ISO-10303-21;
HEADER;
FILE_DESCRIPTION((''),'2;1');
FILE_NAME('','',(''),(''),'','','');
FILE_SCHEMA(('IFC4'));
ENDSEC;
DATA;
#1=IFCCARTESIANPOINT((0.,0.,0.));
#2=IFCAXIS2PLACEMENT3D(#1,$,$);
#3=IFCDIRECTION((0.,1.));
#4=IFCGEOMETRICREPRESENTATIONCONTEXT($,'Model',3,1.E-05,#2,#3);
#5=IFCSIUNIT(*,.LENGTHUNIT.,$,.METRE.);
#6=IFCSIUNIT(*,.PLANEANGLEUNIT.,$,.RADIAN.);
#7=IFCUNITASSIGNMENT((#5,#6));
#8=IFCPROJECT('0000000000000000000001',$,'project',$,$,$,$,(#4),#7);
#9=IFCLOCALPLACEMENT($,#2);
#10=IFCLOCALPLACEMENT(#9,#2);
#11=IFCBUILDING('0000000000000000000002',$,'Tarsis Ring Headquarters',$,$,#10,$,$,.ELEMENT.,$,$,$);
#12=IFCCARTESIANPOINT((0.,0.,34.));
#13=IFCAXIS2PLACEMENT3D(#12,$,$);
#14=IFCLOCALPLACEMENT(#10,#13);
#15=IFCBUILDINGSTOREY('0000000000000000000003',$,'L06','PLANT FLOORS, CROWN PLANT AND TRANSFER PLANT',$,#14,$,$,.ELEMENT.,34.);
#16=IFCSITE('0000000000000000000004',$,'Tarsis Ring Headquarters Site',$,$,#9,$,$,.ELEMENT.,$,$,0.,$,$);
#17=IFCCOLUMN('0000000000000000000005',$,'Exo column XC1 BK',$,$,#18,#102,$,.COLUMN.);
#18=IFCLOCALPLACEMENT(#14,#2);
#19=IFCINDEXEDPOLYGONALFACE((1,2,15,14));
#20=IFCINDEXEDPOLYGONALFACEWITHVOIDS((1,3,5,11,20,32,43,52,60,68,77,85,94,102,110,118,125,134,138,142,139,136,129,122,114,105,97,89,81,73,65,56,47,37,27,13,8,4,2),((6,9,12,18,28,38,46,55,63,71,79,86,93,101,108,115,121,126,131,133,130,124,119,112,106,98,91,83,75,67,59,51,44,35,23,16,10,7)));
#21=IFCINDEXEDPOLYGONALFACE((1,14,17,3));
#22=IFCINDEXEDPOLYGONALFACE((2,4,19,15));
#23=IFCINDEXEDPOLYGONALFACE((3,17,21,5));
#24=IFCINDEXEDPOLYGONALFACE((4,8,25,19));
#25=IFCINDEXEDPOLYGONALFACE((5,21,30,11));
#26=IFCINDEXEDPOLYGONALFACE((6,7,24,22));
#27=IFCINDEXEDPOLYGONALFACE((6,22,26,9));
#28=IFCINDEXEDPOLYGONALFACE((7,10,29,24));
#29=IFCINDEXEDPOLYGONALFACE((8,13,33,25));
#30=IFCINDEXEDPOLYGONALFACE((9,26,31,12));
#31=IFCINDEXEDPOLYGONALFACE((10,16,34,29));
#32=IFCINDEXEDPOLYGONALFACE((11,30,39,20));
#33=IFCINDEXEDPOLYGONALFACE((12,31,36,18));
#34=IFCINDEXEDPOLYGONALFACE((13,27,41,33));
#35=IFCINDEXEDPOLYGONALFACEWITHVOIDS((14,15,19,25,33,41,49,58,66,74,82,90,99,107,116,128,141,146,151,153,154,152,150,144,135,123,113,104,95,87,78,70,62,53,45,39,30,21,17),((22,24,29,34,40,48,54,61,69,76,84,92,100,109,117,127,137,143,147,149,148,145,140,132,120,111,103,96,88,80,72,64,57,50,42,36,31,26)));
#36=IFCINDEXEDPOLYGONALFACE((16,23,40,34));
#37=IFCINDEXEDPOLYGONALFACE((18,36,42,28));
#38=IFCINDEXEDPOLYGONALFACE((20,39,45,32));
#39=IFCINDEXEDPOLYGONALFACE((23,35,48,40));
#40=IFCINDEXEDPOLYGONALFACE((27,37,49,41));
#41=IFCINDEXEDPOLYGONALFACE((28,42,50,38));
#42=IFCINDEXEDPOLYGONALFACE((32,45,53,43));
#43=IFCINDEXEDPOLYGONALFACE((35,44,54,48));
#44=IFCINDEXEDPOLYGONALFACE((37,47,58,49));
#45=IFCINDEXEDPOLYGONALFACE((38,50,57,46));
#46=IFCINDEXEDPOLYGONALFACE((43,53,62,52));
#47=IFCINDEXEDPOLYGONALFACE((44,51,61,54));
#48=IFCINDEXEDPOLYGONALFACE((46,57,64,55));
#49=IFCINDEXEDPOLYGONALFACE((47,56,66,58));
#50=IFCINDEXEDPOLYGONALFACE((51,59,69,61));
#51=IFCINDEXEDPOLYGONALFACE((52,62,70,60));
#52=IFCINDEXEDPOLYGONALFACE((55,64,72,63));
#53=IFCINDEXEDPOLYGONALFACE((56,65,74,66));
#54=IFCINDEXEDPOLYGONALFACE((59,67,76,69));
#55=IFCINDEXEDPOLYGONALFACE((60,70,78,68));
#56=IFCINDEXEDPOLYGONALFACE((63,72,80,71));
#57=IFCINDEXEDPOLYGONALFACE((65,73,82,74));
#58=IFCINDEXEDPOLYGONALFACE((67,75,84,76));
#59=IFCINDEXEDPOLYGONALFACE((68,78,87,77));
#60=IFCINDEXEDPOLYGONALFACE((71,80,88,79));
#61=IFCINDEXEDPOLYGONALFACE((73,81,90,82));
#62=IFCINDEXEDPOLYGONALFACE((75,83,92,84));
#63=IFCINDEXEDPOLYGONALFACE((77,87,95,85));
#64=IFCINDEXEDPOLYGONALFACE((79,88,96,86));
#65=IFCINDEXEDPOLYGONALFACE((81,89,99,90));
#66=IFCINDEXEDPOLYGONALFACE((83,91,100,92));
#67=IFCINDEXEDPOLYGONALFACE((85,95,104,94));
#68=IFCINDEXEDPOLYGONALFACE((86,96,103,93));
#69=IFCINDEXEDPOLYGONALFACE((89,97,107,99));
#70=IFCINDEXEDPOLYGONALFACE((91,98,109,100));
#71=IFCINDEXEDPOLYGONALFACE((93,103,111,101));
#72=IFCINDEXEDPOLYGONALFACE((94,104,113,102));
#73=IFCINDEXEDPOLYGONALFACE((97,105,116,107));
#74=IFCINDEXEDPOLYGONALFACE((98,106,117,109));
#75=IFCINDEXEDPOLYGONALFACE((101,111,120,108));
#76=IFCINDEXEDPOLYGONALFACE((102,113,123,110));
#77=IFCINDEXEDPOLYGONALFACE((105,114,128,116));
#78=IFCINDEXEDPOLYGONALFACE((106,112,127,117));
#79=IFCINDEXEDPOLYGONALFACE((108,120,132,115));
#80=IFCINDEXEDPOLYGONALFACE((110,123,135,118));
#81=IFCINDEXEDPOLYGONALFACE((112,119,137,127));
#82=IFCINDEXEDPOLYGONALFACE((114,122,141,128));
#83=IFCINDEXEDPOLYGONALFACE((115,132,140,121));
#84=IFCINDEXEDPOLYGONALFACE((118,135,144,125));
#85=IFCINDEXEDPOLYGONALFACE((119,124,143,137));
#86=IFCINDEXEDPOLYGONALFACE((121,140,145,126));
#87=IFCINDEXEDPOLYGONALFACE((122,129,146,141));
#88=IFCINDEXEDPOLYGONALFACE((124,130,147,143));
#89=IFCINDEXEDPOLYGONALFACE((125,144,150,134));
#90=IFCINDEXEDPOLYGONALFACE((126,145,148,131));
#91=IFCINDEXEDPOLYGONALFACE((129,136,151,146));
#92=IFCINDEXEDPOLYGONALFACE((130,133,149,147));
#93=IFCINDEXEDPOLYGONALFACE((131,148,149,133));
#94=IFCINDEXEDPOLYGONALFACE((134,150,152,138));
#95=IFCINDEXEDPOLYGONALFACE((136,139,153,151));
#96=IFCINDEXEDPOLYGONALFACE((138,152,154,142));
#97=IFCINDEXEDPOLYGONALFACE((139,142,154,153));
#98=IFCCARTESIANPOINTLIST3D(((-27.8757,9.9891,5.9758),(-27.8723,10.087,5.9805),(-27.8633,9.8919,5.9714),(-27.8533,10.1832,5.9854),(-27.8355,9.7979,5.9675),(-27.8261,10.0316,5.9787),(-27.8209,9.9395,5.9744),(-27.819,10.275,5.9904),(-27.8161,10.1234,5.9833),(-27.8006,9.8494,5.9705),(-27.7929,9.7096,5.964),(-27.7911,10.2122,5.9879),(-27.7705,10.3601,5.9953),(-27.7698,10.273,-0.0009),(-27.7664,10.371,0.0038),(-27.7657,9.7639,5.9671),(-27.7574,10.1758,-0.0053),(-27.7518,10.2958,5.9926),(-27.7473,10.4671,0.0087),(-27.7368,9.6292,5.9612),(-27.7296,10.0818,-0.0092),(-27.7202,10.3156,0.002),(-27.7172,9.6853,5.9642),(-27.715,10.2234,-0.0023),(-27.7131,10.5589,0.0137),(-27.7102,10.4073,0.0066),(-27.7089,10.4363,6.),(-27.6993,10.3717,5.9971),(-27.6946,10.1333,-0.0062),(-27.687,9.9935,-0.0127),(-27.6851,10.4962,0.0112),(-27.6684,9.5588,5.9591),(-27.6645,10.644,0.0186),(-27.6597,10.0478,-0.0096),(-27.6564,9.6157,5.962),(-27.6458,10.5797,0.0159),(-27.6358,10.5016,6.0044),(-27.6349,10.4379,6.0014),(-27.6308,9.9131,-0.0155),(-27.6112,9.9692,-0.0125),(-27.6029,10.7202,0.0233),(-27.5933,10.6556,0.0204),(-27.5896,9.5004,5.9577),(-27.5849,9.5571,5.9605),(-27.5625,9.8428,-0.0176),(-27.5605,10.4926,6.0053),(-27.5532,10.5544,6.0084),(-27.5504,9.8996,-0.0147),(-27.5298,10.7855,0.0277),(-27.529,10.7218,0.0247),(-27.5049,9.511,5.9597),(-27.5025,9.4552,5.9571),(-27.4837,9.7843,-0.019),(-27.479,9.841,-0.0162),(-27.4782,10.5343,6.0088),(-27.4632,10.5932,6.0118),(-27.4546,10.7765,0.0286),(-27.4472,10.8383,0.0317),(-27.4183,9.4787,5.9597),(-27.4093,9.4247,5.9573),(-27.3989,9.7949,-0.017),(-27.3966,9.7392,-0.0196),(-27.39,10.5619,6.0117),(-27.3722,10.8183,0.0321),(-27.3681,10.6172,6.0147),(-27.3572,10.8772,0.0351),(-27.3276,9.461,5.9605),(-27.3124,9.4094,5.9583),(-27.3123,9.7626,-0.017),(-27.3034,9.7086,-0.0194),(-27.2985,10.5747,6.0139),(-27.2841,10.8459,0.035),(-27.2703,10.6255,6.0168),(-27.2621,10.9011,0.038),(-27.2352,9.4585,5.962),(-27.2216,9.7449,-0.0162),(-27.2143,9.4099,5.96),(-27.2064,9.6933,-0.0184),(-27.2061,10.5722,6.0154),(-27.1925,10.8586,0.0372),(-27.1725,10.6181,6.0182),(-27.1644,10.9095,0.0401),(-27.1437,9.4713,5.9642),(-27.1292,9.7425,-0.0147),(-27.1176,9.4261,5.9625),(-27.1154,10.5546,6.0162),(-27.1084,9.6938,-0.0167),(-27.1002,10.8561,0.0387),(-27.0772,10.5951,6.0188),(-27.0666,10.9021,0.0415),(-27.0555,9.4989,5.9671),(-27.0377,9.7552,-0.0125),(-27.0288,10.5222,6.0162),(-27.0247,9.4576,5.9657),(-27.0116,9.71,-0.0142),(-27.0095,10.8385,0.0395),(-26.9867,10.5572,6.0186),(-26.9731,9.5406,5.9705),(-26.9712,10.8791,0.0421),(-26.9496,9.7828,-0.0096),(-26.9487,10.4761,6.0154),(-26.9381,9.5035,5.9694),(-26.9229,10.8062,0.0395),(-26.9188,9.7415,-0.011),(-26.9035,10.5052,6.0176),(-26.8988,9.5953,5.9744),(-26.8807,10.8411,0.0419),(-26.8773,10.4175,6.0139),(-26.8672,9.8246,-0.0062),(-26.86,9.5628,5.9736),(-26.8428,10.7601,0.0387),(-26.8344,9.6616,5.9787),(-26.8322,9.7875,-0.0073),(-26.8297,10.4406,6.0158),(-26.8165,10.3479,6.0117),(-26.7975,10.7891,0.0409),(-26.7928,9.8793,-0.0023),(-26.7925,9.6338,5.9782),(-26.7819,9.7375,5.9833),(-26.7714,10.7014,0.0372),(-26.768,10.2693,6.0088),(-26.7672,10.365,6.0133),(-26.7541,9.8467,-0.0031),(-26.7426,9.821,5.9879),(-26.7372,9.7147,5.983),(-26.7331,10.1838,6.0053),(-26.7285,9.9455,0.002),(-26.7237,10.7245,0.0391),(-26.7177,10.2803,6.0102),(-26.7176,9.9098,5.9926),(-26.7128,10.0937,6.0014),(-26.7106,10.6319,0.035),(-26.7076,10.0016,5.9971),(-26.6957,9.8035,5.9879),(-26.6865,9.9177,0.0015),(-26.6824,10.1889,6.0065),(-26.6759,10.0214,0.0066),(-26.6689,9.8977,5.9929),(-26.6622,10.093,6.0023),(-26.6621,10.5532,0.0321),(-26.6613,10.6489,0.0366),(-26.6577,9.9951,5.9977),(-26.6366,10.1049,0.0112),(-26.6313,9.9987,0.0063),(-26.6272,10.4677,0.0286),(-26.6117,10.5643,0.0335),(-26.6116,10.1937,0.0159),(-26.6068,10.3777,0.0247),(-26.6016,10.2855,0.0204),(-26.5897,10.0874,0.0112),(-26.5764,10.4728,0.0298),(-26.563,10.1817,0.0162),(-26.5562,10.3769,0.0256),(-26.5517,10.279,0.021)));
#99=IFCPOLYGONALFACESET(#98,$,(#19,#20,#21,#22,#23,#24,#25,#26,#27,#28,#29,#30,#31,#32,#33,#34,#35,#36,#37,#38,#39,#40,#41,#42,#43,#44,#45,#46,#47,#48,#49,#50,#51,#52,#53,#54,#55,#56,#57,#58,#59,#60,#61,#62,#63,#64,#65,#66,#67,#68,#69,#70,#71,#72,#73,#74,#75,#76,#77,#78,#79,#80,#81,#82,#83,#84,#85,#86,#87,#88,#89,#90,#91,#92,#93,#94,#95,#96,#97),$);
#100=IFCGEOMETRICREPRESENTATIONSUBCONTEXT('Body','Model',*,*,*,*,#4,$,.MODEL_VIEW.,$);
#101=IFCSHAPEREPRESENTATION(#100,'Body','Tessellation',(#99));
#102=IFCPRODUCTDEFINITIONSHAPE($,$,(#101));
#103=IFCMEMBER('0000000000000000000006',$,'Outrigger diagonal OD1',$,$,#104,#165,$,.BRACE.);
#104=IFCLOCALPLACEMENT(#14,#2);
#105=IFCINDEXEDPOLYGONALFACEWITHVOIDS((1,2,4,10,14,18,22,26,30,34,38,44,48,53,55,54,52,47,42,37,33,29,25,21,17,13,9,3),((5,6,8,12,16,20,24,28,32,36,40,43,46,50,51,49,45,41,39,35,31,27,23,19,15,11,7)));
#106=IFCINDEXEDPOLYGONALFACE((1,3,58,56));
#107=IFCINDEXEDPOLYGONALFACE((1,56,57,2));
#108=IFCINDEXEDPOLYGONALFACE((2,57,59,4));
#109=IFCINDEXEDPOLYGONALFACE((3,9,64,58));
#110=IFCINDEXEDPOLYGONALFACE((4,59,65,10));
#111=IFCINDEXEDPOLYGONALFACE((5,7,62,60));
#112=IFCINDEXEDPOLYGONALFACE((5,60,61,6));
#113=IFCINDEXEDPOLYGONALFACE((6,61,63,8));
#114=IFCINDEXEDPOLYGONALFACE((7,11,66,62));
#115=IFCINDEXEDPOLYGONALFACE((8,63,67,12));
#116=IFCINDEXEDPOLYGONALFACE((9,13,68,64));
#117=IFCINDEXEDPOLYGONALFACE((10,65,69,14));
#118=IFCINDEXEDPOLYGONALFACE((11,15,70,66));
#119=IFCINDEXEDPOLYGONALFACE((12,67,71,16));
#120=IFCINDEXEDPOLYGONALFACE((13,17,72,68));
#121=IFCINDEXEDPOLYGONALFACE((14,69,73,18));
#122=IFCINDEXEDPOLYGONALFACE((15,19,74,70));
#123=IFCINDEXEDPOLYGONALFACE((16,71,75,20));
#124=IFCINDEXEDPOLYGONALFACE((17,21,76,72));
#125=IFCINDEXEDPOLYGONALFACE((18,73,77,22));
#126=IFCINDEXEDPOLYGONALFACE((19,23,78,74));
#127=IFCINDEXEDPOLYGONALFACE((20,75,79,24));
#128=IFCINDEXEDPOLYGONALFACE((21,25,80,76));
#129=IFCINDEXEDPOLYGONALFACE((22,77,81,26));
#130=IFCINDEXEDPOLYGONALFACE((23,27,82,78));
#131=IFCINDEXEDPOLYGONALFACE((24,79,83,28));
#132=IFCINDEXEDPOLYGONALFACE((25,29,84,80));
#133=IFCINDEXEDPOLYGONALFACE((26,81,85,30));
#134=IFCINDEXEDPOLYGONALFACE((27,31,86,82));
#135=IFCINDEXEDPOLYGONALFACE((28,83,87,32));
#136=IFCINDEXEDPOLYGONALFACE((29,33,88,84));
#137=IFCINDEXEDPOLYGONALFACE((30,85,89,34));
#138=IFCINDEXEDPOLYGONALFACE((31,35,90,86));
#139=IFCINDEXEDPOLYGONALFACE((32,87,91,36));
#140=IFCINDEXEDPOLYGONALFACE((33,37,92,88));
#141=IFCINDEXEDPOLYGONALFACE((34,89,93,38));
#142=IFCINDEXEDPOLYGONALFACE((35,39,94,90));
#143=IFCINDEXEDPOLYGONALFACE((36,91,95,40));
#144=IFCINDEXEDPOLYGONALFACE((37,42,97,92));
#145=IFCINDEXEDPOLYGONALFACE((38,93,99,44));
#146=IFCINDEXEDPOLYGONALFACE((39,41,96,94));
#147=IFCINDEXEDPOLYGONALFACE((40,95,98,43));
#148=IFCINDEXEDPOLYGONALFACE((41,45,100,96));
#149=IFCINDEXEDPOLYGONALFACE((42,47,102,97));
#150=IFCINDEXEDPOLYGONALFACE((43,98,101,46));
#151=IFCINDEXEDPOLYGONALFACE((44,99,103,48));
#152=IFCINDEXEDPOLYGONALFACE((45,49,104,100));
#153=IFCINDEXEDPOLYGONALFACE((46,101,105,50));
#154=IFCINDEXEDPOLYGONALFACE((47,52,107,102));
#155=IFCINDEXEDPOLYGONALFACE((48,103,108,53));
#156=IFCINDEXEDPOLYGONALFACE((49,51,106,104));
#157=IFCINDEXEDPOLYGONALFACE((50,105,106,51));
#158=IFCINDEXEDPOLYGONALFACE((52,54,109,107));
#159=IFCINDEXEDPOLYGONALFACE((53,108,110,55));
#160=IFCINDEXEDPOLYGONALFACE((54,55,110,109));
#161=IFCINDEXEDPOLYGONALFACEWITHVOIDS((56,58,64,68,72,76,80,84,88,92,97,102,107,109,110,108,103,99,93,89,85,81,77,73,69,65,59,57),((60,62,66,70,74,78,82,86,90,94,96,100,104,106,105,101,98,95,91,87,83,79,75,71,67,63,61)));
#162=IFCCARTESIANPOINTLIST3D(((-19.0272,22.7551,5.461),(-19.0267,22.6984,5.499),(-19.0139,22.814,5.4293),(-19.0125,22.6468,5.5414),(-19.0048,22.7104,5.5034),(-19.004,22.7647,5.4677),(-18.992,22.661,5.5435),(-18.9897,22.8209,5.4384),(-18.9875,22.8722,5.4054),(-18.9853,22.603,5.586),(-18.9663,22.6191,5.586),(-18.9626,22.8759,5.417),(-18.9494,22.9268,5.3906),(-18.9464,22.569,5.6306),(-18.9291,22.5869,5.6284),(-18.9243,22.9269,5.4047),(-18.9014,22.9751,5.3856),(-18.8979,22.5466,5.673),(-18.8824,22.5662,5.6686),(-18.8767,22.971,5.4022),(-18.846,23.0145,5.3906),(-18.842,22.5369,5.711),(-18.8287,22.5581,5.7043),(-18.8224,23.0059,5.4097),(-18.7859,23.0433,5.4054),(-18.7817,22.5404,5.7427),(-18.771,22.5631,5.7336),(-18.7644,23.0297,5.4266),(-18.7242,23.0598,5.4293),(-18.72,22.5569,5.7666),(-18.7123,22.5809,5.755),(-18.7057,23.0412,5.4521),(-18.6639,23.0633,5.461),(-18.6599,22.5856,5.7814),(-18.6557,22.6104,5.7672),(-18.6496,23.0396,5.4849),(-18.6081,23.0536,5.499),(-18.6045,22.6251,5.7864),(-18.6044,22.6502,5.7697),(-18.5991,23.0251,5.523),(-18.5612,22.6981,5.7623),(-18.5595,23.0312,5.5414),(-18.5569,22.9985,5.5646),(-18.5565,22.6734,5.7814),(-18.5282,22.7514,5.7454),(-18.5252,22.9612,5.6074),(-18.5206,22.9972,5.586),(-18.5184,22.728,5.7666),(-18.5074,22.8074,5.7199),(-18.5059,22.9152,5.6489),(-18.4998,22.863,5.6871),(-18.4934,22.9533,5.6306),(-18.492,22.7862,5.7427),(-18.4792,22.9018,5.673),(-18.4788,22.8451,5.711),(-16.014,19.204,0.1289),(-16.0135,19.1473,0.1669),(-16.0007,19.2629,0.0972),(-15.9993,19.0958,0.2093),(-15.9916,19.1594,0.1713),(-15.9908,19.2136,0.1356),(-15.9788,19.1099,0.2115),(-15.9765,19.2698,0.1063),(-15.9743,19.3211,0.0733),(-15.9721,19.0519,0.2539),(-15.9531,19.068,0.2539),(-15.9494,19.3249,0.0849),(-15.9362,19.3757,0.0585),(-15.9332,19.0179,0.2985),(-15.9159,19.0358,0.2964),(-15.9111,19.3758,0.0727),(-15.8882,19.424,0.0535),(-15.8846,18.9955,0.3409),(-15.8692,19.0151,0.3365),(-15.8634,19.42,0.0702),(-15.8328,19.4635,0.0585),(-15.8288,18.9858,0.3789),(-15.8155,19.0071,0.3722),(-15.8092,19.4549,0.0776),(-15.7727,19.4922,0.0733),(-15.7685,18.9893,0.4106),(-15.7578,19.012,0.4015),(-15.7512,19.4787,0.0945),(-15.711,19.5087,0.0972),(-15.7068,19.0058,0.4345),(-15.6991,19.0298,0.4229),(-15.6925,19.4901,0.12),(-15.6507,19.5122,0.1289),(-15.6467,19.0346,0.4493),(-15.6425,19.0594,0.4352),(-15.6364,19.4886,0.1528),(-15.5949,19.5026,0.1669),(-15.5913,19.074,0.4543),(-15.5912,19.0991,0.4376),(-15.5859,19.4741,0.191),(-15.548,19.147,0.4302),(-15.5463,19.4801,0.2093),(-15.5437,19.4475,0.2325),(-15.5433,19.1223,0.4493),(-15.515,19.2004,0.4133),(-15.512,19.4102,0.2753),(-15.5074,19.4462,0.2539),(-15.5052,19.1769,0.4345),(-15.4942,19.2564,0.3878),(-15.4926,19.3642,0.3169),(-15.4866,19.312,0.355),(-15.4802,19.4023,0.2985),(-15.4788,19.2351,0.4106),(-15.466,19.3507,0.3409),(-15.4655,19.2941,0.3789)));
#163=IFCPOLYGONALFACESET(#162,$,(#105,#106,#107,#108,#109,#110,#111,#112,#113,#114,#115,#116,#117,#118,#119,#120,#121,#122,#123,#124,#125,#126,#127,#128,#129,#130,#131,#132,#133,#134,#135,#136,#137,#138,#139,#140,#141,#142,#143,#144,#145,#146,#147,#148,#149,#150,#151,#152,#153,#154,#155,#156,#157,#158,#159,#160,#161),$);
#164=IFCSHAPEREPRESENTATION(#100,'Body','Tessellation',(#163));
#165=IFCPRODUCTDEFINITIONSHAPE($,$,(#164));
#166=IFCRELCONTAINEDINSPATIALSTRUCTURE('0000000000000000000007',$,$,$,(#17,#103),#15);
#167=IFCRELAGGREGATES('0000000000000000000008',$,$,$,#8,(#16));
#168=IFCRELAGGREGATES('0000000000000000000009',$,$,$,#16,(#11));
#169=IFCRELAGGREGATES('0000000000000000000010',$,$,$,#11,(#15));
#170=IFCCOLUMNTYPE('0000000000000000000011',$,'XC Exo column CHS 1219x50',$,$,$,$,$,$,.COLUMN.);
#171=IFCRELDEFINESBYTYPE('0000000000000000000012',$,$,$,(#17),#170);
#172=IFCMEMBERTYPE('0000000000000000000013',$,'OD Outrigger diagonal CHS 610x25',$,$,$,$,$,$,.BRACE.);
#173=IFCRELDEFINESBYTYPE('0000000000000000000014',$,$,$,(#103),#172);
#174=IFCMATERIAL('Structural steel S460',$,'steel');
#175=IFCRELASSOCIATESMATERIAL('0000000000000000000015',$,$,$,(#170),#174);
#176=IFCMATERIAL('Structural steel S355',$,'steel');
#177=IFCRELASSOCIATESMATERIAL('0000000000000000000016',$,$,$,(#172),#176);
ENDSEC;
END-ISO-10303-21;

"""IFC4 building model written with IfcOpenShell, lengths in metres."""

from ifc_helpers import new_model, si_unit, direction, frame, origin, origin_2d, place, context, subcontext, project, spatial, hollow_circle, extrude, material, material_profile, profile_set, type_object, element, save


model = new_model("IFC4")

# Units and contexts
model_context = context("Model", 3, precision=1e-05, world=origin(), true_north=direction((0.0, 1.0)))
body_context = subcontext(model_context, "Body", "Model", "MODEL_VIEW")
ifc_project = project(units=[si_unit("LENGTHUNIT", "METRE"), si_unit("PLANEANGLEUNIT", "RADIAN")], contexts=[model_context])

# Site, building, storey
site_placement = place(None, origin())
site = spatial("IfcSite", under=ifc_project, at=site_placement, Name="Tarsis Ring Headquarters Site", CompositionType="ELEMENT", RefElevation=0.0)
building_placement = place(site_placement, origin())
building = spatial("IfcBuilding", under=site, at=building_placement, Name="Tarsis Ring Headquarters", CompositionType="ELEMENT")
storey_placement = place(building_placement, frame((0.0, 0.0, 34.0)))
storey = spatial("IfcBuildingStorey", under=building, at=storey_placement, Name="L06", Description="PLANT FLOORS, CROWN PLANT AND TRANSFER PLANT", CompositionType="ELEMENT", Elevation=34.0)

# Column
ifc_material_1 = material(Name="Structural steel S460", Category="steel")
ifc_material_profile_1 = material_profile(ifc_material_1, hollow_circle(Radius=0.6096, WallThickness=0.05, at=origin_2d()), Name="CHS 1219x50")
ifc_profile_set_1 = profile_set([ifc_material_profile_1], Name="Structural steel S460")
column_type = type_object("IfcColumnType", Name="XC Exo column CHS 1219x50", PredefinedType="COLUMN", material=ifc_profile_set_1)
column_placement = place(storey_placement, frame((-27.1609, 10.3005, 0.0112), z_axis=(-0.017705, -0.047445, 0.998717), x_axis=(0.936891, -0.349622, 0.0)))
element("IfcColumn", 1, at=column_placement, inside=storey, type_object=column_type, Name="Exo column XC1 BK", PredefinedType="COLUMN", context=body_context, shape_type="SweptSolid", body=[
    extrude(hollow_circle(Radius=0.6096, WallThickness=0.05, at=origin_2d()), origin(), (0.0, 0.0, 1.0), 5.9844),
])

# Member
ifc_material_2 = material(Name="Structural steel S355", Category="steel")
ifc_material_profile_2 = material_profile(ifc_material_2, hollow_circle(Radius=0.3047, WallThickness=0.0249, at=origin_2d()), Name="CHS 610x25")
ifc_profile_set_2 = profile_set([ifc_material_profile_2], Name="Structural steel S355")
member_type_1 = type_object("IfcMemberType", Name="OD Outrigger diagonal CHS 610x25", PredefinedType="BRACE", material=ifc_profile_set_2)
member_1_placement = place(storey_placement, frame((-15.7397, 19.249, 0.2539), z_axis=(-0.42562, 0.501591, 0.753163), x_axis=(-0.762489, -0.647001, 0.0)))
element("IfcMember", 2, at=member_1_placement, inside=storey, type_object=member_type_1, Name="Outrigger diagonal OD1", PredefinedType="BRACE", context=body_context, shape_type="SweptSolid", body=[
    extrude(hollow_circle(Radius=0.3047, WallThickness=0.0249, at=origin_2d()), origin(), (0.0, 0.0, 1.0), 7.0796),
])

save(model, "model.ifc")
